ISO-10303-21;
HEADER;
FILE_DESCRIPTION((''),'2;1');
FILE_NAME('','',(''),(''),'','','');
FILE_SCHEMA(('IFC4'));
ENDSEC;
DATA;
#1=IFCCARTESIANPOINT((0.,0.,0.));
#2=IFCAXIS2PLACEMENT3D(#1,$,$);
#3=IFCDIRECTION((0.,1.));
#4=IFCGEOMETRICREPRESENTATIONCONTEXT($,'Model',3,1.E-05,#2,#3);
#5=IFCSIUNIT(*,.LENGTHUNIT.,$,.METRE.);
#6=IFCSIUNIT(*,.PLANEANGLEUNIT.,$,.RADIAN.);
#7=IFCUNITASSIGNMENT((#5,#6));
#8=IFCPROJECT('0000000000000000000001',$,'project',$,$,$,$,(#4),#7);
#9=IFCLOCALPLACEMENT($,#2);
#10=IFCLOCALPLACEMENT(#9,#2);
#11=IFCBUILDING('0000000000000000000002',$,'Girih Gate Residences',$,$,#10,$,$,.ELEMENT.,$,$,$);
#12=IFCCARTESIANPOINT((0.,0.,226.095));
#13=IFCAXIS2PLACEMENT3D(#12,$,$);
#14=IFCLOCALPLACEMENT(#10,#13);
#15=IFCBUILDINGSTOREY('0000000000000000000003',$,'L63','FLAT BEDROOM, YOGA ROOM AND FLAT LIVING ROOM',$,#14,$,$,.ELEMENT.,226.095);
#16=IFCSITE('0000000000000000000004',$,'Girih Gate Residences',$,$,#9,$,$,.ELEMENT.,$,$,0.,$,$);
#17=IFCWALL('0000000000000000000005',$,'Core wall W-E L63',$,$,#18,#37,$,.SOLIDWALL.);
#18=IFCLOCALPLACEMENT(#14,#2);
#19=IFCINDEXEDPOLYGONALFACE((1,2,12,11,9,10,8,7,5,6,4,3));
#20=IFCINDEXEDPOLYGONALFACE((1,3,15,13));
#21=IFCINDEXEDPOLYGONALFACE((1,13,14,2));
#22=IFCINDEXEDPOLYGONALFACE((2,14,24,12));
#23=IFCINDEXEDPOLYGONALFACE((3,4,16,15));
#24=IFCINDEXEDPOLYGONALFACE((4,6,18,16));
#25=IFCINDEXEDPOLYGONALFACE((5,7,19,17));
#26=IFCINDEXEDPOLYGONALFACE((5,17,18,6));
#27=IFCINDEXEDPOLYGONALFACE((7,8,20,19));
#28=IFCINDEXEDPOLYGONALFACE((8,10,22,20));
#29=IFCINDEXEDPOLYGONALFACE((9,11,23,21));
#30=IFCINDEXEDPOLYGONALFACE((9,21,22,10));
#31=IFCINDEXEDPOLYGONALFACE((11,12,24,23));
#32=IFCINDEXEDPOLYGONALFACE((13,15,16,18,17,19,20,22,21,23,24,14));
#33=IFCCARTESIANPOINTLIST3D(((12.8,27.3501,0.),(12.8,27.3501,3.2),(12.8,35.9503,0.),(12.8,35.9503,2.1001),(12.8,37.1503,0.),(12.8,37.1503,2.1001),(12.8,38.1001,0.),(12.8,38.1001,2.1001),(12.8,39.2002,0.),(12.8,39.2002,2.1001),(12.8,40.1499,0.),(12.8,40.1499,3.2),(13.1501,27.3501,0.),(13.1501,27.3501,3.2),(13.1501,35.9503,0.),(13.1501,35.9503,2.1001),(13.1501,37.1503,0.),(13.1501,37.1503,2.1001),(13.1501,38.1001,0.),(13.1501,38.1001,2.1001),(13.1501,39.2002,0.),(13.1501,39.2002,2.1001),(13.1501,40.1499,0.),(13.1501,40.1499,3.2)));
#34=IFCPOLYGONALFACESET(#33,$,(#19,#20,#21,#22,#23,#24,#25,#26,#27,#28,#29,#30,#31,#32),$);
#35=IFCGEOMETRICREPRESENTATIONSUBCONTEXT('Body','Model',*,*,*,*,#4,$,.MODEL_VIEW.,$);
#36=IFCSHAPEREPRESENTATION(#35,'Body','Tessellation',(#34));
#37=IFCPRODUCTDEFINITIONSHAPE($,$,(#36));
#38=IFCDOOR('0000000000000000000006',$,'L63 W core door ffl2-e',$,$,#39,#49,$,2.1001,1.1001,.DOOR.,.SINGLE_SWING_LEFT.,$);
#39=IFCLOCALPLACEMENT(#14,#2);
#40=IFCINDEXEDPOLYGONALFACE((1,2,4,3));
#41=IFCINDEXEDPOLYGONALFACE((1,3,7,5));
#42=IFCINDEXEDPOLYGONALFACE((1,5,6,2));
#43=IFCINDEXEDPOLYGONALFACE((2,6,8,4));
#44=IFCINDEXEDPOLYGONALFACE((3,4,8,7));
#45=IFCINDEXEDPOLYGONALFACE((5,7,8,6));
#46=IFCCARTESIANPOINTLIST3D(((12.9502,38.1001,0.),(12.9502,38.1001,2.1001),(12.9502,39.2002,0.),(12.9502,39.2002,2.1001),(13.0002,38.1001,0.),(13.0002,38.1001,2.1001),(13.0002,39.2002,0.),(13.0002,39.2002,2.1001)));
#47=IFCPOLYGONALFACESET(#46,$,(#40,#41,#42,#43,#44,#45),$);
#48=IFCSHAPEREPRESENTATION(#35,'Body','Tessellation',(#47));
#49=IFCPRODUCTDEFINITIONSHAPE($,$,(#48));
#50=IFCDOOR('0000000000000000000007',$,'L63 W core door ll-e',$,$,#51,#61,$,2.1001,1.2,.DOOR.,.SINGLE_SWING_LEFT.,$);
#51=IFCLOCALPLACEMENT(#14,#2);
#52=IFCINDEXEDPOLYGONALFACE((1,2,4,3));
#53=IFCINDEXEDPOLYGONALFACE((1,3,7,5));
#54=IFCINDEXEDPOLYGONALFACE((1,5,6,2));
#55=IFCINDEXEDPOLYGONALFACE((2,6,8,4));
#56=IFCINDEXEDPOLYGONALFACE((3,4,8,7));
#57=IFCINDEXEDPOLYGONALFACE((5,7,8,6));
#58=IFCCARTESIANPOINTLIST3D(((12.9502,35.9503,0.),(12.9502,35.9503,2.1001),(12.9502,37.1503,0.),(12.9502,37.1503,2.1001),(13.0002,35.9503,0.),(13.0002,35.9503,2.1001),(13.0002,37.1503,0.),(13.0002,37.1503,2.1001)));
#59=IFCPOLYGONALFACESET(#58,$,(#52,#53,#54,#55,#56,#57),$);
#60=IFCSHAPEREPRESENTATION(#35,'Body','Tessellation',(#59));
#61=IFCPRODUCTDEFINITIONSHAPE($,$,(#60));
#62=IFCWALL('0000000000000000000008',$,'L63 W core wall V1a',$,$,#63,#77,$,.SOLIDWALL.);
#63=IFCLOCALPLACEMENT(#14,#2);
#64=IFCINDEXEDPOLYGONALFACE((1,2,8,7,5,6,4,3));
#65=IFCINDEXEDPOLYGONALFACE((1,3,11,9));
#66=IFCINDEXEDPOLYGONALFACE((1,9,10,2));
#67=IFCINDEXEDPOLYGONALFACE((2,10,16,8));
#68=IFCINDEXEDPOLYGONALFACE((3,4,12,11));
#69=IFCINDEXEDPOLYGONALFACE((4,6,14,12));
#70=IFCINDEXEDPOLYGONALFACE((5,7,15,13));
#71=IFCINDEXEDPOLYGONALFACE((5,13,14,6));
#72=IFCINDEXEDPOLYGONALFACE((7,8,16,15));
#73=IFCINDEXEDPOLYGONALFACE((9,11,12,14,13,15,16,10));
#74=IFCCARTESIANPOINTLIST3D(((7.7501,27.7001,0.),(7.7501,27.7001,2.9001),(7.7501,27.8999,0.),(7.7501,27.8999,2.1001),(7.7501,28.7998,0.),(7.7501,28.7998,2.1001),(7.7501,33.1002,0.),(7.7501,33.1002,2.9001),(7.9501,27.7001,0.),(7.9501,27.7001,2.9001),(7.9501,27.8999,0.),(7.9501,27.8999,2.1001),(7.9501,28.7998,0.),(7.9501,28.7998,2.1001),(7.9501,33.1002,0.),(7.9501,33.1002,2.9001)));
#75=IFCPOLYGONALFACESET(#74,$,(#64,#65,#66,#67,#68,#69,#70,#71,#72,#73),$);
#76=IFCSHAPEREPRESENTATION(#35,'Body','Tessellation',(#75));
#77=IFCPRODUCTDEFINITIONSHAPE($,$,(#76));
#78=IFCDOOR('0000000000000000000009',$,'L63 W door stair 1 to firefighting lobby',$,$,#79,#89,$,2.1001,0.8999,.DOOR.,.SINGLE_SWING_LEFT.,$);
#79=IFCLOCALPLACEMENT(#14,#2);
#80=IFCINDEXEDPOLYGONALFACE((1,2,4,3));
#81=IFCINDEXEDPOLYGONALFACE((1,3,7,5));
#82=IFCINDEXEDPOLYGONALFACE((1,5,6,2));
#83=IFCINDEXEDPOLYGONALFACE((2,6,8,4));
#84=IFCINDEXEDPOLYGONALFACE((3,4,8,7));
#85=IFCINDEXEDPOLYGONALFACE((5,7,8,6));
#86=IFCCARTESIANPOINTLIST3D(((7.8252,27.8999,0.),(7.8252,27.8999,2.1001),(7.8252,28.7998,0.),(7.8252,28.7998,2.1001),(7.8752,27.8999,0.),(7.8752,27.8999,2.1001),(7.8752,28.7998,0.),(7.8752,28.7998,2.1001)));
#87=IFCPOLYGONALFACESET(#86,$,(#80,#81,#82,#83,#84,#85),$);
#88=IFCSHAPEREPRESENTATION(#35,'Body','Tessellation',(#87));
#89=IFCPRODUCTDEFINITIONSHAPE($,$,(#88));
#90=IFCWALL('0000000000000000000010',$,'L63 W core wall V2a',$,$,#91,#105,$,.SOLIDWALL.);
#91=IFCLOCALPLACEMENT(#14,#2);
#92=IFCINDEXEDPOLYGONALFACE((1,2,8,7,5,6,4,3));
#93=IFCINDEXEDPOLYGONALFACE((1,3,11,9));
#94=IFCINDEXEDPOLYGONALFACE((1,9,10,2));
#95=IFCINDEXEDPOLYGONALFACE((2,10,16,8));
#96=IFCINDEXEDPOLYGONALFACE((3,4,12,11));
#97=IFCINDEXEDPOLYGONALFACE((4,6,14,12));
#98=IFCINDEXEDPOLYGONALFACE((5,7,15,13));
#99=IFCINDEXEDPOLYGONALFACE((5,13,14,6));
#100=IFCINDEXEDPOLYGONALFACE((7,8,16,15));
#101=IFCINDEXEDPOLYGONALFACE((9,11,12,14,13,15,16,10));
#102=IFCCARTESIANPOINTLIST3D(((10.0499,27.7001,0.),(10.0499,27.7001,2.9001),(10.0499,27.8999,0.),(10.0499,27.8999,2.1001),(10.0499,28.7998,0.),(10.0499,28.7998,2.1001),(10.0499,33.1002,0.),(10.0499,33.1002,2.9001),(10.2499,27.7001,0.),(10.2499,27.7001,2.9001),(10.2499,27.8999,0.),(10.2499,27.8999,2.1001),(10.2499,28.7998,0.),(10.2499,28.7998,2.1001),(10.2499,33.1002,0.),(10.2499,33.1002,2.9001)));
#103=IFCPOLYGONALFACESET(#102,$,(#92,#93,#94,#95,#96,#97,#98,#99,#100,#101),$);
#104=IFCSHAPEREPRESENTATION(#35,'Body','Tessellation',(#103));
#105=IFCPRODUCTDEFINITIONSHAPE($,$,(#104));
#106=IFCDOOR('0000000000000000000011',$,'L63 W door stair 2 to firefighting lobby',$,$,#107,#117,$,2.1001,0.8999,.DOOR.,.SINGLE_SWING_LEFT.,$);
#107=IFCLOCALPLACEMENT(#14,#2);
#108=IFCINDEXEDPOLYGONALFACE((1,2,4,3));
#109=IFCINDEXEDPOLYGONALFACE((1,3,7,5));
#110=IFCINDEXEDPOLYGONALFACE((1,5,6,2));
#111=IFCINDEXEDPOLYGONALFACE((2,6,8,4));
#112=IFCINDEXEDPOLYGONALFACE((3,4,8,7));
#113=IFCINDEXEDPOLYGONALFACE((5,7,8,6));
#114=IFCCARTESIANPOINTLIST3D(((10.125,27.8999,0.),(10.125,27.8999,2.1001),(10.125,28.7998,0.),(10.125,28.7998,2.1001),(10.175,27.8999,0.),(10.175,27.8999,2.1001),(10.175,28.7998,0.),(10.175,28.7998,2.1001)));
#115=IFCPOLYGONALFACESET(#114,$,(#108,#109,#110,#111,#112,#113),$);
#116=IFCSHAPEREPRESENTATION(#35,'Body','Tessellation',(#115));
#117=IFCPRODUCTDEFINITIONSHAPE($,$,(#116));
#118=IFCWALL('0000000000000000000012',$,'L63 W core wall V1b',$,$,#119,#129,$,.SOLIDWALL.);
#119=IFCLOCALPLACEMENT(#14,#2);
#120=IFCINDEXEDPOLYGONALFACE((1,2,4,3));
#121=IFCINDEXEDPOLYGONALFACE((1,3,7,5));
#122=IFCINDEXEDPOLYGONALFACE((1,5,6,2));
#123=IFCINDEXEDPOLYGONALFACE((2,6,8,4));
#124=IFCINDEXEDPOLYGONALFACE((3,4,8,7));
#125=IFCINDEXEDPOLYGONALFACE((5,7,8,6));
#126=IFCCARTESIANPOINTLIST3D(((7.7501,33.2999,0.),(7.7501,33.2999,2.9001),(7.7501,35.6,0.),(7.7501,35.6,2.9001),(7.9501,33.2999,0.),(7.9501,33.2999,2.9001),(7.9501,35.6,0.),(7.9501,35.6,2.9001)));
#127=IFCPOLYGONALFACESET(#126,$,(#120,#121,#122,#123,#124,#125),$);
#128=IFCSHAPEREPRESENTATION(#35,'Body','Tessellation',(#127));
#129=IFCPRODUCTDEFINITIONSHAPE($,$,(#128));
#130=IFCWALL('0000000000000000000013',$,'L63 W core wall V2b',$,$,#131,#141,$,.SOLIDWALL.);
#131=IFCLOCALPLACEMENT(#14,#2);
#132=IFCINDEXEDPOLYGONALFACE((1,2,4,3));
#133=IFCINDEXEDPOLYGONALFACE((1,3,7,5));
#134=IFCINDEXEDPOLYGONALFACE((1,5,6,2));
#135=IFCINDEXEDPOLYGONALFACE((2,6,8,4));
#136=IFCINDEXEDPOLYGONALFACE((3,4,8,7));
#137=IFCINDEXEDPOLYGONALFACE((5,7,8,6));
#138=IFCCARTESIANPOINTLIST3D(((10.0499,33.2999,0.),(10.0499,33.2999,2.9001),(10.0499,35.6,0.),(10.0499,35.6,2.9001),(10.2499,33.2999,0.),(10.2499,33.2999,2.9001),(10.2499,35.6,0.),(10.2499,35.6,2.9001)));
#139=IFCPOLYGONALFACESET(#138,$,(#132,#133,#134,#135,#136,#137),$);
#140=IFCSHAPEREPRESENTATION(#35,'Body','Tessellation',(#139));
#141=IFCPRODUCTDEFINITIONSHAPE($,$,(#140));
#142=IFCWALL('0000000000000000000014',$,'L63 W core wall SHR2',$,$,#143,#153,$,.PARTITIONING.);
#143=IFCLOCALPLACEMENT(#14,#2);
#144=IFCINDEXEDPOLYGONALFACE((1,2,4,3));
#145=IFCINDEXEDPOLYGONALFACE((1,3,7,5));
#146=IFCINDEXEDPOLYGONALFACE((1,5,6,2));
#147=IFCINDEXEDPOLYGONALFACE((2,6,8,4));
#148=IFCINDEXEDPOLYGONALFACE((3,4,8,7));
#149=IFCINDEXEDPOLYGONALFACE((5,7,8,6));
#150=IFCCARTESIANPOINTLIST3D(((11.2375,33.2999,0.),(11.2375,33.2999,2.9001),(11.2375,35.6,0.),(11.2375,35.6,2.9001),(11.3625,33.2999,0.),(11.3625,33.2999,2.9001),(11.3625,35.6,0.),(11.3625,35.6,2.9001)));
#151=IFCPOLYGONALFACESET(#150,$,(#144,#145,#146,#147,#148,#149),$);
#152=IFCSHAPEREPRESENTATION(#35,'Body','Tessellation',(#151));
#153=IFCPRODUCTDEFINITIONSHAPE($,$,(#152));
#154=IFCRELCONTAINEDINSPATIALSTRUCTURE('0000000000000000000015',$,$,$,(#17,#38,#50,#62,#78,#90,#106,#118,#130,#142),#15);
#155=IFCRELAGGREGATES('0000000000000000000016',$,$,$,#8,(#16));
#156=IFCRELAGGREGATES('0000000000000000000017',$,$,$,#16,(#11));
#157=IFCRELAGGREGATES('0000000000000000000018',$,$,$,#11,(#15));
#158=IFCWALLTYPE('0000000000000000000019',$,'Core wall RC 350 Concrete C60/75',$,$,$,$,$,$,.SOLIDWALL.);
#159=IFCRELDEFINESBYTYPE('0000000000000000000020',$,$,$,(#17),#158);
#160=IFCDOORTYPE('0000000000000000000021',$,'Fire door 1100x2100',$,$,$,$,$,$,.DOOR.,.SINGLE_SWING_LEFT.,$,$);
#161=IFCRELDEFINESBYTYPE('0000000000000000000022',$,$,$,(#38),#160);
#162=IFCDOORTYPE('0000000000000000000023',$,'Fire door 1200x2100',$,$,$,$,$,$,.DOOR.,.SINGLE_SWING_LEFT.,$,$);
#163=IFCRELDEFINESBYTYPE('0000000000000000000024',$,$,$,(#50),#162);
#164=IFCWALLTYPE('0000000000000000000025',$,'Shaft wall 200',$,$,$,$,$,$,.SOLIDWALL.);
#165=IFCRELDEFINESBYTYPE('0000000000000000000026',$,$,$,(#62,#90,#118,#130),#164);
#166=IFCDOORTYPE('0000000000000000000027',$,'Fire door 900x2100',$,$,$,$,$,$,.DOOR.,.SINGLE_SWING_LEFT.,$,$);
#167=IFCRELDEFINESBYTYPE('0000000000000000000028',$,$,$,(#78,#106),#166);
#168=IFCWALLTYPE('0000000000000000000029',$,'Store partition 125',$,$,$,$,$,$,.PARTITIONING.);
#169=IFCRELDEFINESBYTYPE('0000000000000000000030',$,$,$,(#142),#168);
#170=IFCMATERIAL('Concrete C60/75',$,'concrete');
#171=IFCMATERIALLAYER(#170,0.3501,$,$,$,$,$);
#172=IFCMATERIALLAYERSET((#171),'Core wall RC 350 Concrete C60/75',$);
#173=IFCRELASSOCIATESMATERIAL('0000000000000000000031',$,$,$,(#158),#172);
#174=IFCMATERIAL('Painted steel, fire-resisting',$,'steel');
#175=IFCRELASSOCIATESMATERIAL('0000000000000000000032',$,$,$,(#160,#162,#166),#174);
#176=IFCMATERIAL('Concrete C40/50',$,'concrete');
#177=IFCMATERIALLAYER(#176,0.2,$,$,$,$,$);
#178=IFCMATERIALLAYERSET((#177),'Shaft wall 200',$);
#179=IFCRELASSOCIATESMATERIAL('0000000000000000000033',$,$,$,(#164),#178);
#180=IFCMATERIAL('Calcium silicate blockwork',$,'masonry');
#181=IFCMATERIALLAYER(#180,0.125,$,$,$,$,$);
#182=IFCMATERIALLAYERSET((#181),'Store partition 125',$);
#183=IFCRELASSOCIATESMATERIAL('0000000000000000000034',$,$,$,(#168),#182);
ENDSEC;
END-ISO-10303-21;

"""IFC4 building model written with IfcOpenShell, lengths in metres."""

from ifc_helpers import new_model, si_unit, direction, frame, frame_2d, origin, place, context, subcontext, project, spatial, rectangle, extrude, material, layer, layer_set, type_object, element, fill, save


model = new_model("IFC4")

# Units and contexts
model_context = context("Model", 3, precision=1e-05, world=origin(), true_north=direction((0.0, 1.0)))
body_context = subcontext(model_context, "Body", "Model", "MODEL_VIEW")
ifc_project = project(units=[si_unit("LENGTHUNIT", "METRE"), si_unit("PLANEANGLEUNIT", "RADIAN")], contexts=[model_context])

# Site, building, storey
site_placement = place(None, origin())
site = spatial("IfcSite", under=ifc_project, at=site_placement, Name="Girih Gate Residences", CompositionType="ELEMENT", RefElevation=0.0)
building_placement = place(site_placement, origin())
building = spatial("IfcBuilding", under=site, at=building_placement, Name="Girih Gate Residences", CompositionType="ELEMENT")
storey_placement = place(building_placement, frame((0.0, 0.0, 226.095)))
storey = spatial("IfcBuildingStorey", under=building, at=storey_placement, Name="L63", Description="FLAT BEDROOM, YOGA ROOM AND FLAT LIVING ROOM", CompositionType="ELEMENT", Elevation=226.095)

# Wall, openings, doors
ifc_material_1 = material(Name="Concrete C60/75", Category="concrete")
ifc_layer_1 = layer(ifc_material_1, 0.3501)
ifc_layer_set_1 = layer_set([ifc_layer_1], Name="Core wall RC 350 Concrete C60/75")
wall_type_1 = type_object("IfcWallType", Name="Core wall RC 350 Concrete C60/75", PredefinedType="SOLIDWALL", material=ifc_layer_set_1)
wall_1_placement = place(storey_placement, frame((12.9751, 27.3501, 0.0), z_axis=(0.0, 0.0, 1.0), x_axis=(0.0, 1.0, 0.0)))
wall_1 = element("IfcWall", 1, at=wall_1_placement, inside=storey, type_object=wall_type_1, Name="Core wall W-E L63", PredefinedType="SOLIDWALL", context=body_context, shape_type="SweptSolid", body=[
    extrude(rectangle(XDim=12.7998, YDim=0.3501, at=frame_2d((6.3999, 0.0))), origin(), (0.0, 0.0, 1.0), 3.2),
])
opening_1_placement = place(wall_1_placement, frame((10.75, 0.0, 0.0)))
opening_1 = element("IfcOpeningElement", 2, at=opening_1_placement, cuts=wall_1, PredefinedType="OPENING", context=body_context, shape_type="SweptSolid", body=[
    extrude(rectangle(XDim=1.1001, YDim=2.1001, at=frame_2d((0.55, 1.05))), frame((0.0, 0.1851, 0.0), z_axis=(0.0, -1.0, 0.0), x_axis=(1.0, 0.0, 0.0)), (0.0, 0.0, 1.0), 0.3701),
])
opening_2_placement = place(wall_1_placement, frame((8.6001, 0.0, 0.0)))
opening_2 = element("IfcOpeningElement", 3, at=opening_2_placement, cuts=wall_1, PredefinedType="OPENING", context=body_context, shape_type="SweptSolid", body=[
    extrude(rectangle(XDim=1.2, YDim=2.1001, at=frame_2d((0.6001, 1.05))), frame((0.0, 0.1851, 0.0), z_axis=(0.0, -1.0, 0.0), x_axis=(1.0, 0.0, 0.0)), (0.0, 0.0, 1.0), 0.3701),
])
ifc_material_2 = material(Name="Painted steel, fire-resisting", Category="steel")
door_type_1 = type_object("IfcDoorType", Name="Fire door 1100x2100", OperationType="SINGLE_SWING_LEFT", PredefinedType="DOOR", material=ifc_material_2)
door_1_placement = place(opening_1_placement, origin())
door_1 = element("IfcDoor", 4, at=door_1_placement, inside=storey, type_object=door_type_1, Name="L63 W core door ffl2-e", OperationType="SINGLE_SWING_LEFT", OverallHeight=2.1001, OverallWidth=1.1001, PredefinedType="DOOR", context=body_context, shape_type="SweptSolid", body=[
    extrude(rectangle(XDim=1.1001, YDim=2.1001, at=frame_2d((0.55, 1.05))), frame((0.0, 0.0249, 0.0), z_axis=(0.0, -1.0, 0.0), x_axis=(1.0, 0.0, 0.0)), (0.0, 0.0, 1.0), 0.05),
])
fill(opening_1, door_1)
door_type_2 = type_object("IfcDoorType", Name="Fire door 1200x2100", OperationType="SINGLE_SWING_LEFT", PredefinedType="DOOR", material=ifc_material_2)
door_2_placement = place(opening_2_placement, origin())
door_2 = element("IfcDoor", 5, at=door_2_placement, inside=storey, type_object=door_type_2, Name="L63 W core door ll-e", OperationType="SINGLE_SWING_LEFT", OverallHeight=2.1001, OverallWidth=1.2, PredefinedType="DOOR", context=body_context, shape_type="SweptSolid", body=[
    extrude(rectangle(XDim=1.2, YDim=2.1001, at=frame_2d((0.6001, 1.05))), frame((0.0, 0.0249, 0.0), z_axis=(0.0, -1.0, 0.0), x_axis=(1.0, 0.0, 0.0)), (0.0, 0.0, 1.0), 0.05),
])
fill(opening_2, door_2)

# Walls, openings, doors
ifc_material_3 = material(Name="Concrete C40/50", Category="concrete")
ifc_layer_2 = layer(ifc_material_3, 0.2)
ifc_layer_set_2 = layer_set([ifc_layer_2], Name="Shaft wall 200")
wall_type_2 = type_object("IfcWallType", Name="Shaft wall 200", PredefinedType="SOLIDWALL", material=ifc_layer_set_2)
wall_2_placement = place(storey_placement, frame((7.8501, 27.7, 0.0), z_axis=(0.0, 0.0, 1.0), x_axis=(0.0, 1.0, 0.0)))
wall_2 = element("IfcWall", 6, at=wall_2_placement, inside=storey, type_object=wall_type_2, Name="L63 W core wall V1a", PredefinedType="SOLIDWALL", context=body_context, shape_type="SweptSolid", body=[
    extrude(rectangle(XDim=5.4001, YDim=0.2, at=frame_2d((2.7002, 0.0))), origin(), (0.0, 0.0, 1.0), 2.9001),
])
opening_3_placement = place(wall_2_placement, frame((0.2, 0.0, 0.0)))
opening_3 = element("IfcOpeningElement", 7, at=opening_3_placement, cuts=wall_2, PredefinedType="OPENING", context=body_context, shape_type="SweptSolid", body=[
    extrude(rectangle(XDim=0.8999, YDim=2.1001, at=frame_2d((0.45, 1.05))), frame((0.0, 0.1099, 0.0), z_axis=(0.0, -1.0, 0.0), x_axis=(1.0, 0.0, 0.0)), (0.0, 0.0, 1.0), 0.22),
])
door_type_3 = type_object("IfcDoorType", Name="Fire door 900x2100", OperationType="SINGLE_SWING_LEFT", PredefinedType="DOOR", material=ifc_material_2)
door_3_placement = place(opening_3_placement, origin())
door_3 = element("IfcDoor", 8, at=door_3_placement, inside=storey, type_object=door_type_3, Name="L63 W door stair 1 to firefighting lobby", OperationType="SINGLE_SWING_LEFT", OverallHeight=2.1001, OverallWidth=0.8999, PredefinedType="DOOR", context=body_context, shape_type="SweptSolid", body=[
    extrude(rectangle(XDim=0.8999, YDim=2.1001, at=frame_2d((0.45, 1.05))), frame((0.0, 0.0249, 0.0), z_axis=(0.0, -1.0, 0.0), x_axis=(1.0, 0.0, 0.0)), (0.0, 0.0, 1.0), 0.05),
])
fill(opening_3, door_3)
wall_3_placement = place(storey_placement, frame((10.1499, 27.7, 0.0), z_axis=(0.0, 0.0, 1.0), x_axis=(0.0, 1.0, 0.0)))
wall_3 = element("IfcWall", 9, at=wall_3_placement, inside=storey, type_object=wall_type_2, Name="L63 W core wall V2a", PredefinedType="SOLIDWALL", context=body_context, shape_type="SweptSolid", body=[
    extrude(rectangle(XDim=5.4001, YDim=0.2, at=frame_2d((2.7002, 0.0))), origin(), (0.0, 0.0, 1.0), 2.9001),
])
opening_4_placement = place(wall_3_placement, frame((0.2, 0.0, 0.0)))
opening_4 = element("IfcOpeningElement", 10, at=opening_4_placement, cuts=wall_3, PredefinedType="OPENING", context=body_context, shape_type="SweptSolid", body=[
    extrude(rectangle(XDim=0.8999, YDim=2.1001, at=frame_2d((0.45, 1.05))), frame((0.0, 0.1099, 0.0), z_axis=(0.0, -1.0, 0.0), x_axis=(1.0, 0.0, 0.0)), (0.0, 0.0, 1.0), 0.22),
])
door_4_placement = place(opening_4_placement, origin())
door_4 = element("IfcDoor", 11, at=door_4_placement, inside=storey, type_object=door_type_3, Name="L63 W door stair 2 to firefighting lobby", OperationType="SINGLE_SWING_LEFT", OverallHeight=2.1001, OverallWidth=0.8999, PredefinedType="DOOR", context=body_context, shape_type="SweptSolid", body=[
    extrude(rectangle(XDim=0.8999, YDim=2.1001, at=frame_2d((0.45, 1.05))), frame((0.0, 0.0249, 0.0), z_axis=(0.0, -1.0, 0.0), x_axis=(1.0, 0.0, 0.0)), (0.0, 0.0, 1.0), 0.05),
])
fill(opening_4, door_4)

# Walls
for number, where, z_axis, x_axis, name in (
    (12, (7.8501, 33.3, 0.0), (0.0, 0.0, 1.0), (0.0, 1.0, 0.0), "L63 W core wall V1b"),
    (13, (10.1499, 33.3, 0.0), (0.0, 0.0, 1.0), (0.0, 1.0, 0.0), "L63 W core wall V2b"),
):
    element("IfcWall", number, at=place(storey_placement, frame(where, z_axis=z_axis, x_axis=x_axis)), inside=storey, type_object=wall_type_2, Name=name, PredefinedType="SOLIDWALL", context=body_context, shape_type="SweptSolid", body=[
        extrude(rectangle(XDim=2.3, YDim=0.2, at=frame_2d((1.1499, 0.0))), origin(), (0.0, 0.0, 1.0), 2.9001),
    ])
ifc_material_4 = material(Name="Calcium silicate blockwork", Category="masonry")
ifc_layer_3 = layer(ifc_material_4, 0.125)
ifc_layer_set_3 = layer_set([ifc_layer_3], Name="Store partition 125")
wall_type_3 = type_object("IfcWallType", Name="Store partition 125", PredefinedType="PARTITIONING", material=ifc_layer_set_3)
wall_4_placement = place(storey_placement, frame((11.3, 33.3, 0.0), z_axis=(0.0, 0.0, 1.0), x_axis=(0.0, 1.0, 0.0)))
element("IfcWall", 14, at=wall_4_placement, inside=storey, type_object=wall_type_3, Name="L63 W core wall SHR2", PredefinedType="PARTITIONING", context=body_context, shape_type="SweptSolid", body=[
    extrude(rectangle(XDim=2.3, YDim=0.125, at=frame_2d((1.1499, 0.0))), origin(), (0.0, 0.0, 1.0), 2.9001),
])

save(model, "model.ifc")
